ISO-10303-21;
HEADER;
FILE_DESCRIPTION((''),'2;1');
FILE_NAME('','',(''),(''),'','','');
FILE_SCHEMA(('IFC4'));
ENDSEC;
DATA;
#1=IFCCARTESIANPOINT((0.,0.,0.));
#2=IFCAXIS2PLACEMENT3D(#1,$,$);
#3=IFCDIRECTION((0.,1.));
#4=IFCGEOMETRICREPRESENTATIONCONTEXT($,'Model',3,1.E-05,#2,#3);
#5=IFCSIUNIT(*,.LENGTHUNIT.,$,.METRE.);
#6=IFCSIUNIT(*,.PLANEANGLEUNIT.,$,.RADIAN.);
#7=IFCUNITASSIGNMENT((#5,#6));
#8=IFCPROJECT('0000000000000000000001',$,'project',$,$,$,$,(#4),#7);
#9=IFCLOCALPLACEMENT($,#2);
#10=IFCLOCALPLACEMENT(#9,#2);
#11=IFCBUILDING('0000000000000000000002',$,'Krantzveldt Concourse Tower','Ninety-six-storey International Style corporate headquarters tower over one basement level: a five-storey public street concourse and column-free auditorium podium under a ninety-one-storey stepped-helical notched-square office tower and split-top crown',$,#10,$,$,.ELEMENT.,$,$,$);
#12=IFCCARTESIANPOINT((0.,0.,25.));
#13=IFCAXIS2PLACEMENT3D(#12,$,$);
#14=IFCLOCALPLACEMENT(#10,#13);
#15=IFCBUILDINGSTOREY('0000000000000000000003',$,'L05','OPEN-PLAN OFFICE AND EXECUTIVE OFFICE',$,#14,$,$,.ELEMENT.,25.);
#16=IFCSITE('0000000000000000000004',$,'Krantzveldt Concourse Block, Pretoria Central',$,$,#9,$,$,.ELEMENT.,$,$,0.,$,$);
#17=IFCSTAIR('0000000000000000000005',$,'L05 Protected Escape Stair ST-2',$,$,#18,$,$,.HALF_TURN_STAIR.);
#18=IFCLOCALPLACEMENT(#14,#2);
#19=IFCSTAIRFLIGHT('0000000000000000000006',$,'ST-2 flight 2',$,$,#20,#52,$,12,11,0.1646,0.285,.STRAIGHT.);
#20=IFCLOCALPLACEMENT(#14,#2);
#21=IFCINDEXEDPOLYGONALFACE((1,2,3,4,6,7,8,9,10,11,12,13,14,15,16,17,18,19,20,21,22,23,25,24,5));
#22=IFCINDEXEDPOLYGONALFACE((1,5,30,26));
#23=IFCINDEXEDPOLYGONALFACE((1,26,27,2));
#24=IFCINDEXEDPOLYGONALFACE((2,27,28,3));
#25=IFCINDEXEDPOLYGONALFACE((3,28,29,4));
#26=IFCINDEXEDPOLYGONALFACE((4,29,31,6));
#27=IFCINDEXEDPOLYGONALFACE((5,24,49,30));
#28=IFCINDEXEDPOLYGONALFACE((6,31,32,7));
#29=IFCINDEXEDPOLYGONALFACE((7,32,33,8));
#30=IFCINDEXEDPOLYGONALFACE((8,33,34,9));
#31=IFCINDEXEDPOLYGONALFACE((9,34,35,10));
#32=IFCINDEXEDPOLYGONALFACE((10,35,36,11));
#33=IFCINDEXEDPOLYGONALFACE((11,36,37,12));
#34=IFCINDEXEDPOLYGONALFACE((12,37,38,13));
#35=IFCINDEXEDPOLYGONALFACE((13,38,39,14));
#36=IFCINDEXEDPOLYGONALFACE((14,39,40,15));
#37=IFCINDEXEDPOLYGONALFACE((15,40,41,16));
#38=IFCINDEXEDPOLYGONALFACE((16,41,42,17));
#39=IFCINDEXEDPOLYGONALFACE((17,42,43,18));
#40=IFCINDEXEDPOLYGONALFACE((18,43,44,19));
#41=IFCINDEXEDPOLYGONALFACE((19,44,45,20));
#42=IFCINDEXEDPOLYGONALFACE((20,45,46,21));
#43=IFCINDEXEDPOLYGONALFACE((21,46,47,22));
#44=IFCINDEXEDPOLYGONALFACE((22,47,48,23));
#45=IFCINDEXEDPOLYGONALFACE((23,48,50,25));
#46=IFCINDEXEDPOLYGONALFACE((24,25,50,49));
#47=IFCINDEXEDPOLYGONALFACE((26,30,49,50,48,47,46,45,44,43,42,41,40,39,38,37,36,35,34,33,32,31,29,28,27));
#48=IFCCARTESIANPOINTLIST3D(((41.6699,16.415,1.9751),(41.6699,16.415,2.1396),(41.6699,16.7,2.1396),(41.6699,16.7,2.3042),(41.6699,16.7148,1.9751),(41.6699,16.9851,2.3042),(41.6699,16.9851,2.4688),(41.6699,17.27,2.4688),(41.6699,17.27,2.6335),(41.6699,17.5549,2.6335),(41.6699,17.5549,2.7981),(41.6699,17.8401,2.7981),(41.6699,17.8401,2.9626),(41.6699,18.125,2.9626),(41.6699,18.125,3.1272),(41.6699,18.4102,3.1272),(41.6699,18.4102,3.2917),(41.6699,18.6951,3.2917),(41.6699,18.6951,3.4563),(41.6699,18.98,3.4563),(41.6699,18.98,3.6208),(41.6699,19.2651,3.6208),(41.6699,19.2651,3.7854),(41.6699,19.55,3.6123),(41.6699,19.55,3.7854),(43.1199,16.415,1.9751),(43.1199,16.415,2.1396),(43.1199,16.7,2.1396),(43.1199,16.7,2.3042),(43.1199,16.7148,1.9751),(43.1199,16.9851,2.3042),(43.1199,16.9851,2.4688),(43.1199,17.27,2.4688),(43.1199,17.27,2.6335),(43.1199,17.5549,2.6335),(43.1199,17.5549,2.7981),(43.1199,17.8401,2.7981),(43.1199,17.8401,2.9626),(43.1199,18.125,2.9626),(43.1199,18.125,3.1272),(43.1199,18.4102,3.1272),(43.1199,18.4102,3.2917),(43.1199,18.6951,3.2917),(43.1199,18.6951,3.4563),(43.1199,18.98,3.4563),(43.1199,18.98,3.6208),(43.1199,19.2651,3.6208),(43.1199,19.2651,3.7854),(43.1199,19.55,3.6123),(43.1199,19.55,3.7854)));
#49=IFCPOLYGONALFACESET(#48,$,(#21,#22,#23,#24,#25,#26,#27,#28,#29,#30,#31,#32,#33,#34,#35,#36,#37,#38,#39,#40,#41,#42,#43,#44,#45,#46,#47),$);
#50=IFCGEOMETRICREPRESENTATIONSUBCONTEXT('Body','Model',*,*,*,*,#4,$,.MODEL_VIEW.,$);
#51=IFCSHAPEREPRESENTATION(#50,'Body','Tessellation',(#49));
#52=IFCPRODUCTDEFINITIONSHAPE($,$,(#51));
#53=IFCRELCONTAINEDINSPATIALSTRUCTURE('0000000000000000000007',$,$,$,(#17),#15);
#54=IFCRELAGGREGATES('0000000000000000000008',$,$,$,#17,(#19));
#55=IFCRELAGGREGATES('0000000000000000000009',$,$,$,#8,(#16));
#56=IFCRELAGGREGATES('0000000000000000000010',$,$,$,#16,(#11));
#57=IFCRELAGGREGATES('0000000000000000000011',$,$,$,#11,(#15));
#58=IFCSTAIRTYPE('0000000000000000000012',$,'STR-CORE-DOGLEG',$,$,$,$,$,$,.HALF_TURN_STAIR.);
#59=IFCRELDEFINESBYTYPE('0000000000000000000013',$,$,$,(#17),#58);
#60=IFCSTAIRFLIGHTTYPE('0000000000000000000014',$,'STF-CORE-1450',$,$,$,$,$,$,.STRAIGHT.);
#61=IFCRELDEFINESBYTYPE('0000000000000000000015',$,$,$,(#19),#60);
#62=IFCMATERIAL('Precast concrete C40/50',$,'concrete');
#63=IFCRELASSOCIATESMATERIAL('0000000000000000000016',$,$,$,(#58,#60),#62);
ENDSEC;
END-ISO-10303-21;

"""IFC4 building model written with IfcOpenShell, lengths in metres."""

from ifc_helpers import new_model, si_unit, direction, frame, origin, place, context, subcontext, project, spatial, polyline, outline, extrude, material, type_object, element, aggregate, save


model = new_model("IFC4")

# Units and contexts
model_context = context("Model", 3, precision=1e-05, world=origin(), true_north=direction((0.0, 1.0)))
body_context = subcontext(model_context, "Body", "Model", "MODEL_VIEW")
ifc_project = project(units=[si_unit("LENGTHUNIT", "METRE"), si_unit("PLANEANGLEUNIT", "RADIAN")], contexts=[model_context])

# Site, building, storey
site_placement = place(None, origin())
site = spatial("IfcSite", under=ifc_project, at=site_placement, Name="Krantzveldt Concourse Block, Pretoria Central", CompositionType="ELEMENT", RefElevation=0.0)
building_placement = place(site_placement, origin())
building = spatial("IfcBuilding", under=site, at=building_placement, Name="Krantzveldt Concourse Tower", Description="Ninety-six-storey International Style corporate headquarters tower over one basement level: a five-storey public street concourse and column-free auditorium podium under a ninety-one-storey stepped-helical notched-square office tower and split-top crown", CompositionType="ELEMENT")
storey_placement = place(building_placement, frame((0.0, 0.0, 25.0)))
storey = spatial("IfcBuildingStorey", under=building, at=storey_placement, Name="L05", Description="OPEN-PLAN OFFICE AND EXECUTIVE OFFICE", CompositionType="ELEMENT", Elevation=25.0)

# Stair, stair flight
ifc_material_1 = material(Name="Precast concrete C40/50", Category="concrete")
stair_type = type_object("IfcStairType", Name="STR-CORE-DOGLEG", PredefinedType="HALF_TURN_STAIR", material=ifc_material_1)
stair_placement = place(storey_placement, origin())
stair = element("IfcStair", 1, at=stair_placement, inside=storey, type_object=stair_type, Name="L05 Protected Escape Stair ST-2", PredefinedType="HALF_TURN_STAIR")
stair_flight_type = type_object("IfcStairFlightType", Name="STF-CORE-1450", PredefinedType="STRAIGHT", material=ifc_material_1)
stair_flight_1_placement = place(storey_placement, frame((42.395, 16.415, 1.9751), z_axis=(0.0, 0.0, 1.0), x_axis=(0.0, 1.0, 0.0)))
stair_flight_1 = element("IfcStairFlight", 2, at=stair_flight_1_placement, type_object=stair_flight_type, Name="ST-2 flight 2", NumberOfRisers=12, NumberOfTreads=11, PredefinedType="STRAIGHT", RiserHeight=0.1646, TreadLength=0.285, context=body_context, shape_type="SweptSolid", body=[
    extrude(outline(polyline([(0.0, 0.0), (0.0, 0.1646), (0.2849, 0.1646), (0.2849, 0.3291), (0.5701, 0.3291), (0.5701, 0.4937), (0.855, 0.4937), (0.855, 0.6584), (1.1399, 0.6584), (1.1399, 0.823), (1.425, 0.823), (1.425, 0.9875), (1.71, 0.9875), (1.71, 1.1521), (1.9951, 1.1521), (1.9951, 1.3167), (2.28, 1.3167), (2.28, 1.4812), (2.5649, 1.4812), (2.5649, 1.6458), (2.8501, 1.6458), (2.8501, 1.8103), (3.135, 1.8103), (3.135, 1.9751), (3.135, 1.6372), (0.2998, 0.0), (0.0, 0.0)])), frame((0.0, 0.7251, 0.0), z_axis=(0.0, -1.0, 0.0), x_axis=(1.0, 0.0, 0.0)), (0.0, 0.0, 1.0), 1.45),
])
aggregate(stair, [stair_flight_1])

save(model, "model.ifc")
